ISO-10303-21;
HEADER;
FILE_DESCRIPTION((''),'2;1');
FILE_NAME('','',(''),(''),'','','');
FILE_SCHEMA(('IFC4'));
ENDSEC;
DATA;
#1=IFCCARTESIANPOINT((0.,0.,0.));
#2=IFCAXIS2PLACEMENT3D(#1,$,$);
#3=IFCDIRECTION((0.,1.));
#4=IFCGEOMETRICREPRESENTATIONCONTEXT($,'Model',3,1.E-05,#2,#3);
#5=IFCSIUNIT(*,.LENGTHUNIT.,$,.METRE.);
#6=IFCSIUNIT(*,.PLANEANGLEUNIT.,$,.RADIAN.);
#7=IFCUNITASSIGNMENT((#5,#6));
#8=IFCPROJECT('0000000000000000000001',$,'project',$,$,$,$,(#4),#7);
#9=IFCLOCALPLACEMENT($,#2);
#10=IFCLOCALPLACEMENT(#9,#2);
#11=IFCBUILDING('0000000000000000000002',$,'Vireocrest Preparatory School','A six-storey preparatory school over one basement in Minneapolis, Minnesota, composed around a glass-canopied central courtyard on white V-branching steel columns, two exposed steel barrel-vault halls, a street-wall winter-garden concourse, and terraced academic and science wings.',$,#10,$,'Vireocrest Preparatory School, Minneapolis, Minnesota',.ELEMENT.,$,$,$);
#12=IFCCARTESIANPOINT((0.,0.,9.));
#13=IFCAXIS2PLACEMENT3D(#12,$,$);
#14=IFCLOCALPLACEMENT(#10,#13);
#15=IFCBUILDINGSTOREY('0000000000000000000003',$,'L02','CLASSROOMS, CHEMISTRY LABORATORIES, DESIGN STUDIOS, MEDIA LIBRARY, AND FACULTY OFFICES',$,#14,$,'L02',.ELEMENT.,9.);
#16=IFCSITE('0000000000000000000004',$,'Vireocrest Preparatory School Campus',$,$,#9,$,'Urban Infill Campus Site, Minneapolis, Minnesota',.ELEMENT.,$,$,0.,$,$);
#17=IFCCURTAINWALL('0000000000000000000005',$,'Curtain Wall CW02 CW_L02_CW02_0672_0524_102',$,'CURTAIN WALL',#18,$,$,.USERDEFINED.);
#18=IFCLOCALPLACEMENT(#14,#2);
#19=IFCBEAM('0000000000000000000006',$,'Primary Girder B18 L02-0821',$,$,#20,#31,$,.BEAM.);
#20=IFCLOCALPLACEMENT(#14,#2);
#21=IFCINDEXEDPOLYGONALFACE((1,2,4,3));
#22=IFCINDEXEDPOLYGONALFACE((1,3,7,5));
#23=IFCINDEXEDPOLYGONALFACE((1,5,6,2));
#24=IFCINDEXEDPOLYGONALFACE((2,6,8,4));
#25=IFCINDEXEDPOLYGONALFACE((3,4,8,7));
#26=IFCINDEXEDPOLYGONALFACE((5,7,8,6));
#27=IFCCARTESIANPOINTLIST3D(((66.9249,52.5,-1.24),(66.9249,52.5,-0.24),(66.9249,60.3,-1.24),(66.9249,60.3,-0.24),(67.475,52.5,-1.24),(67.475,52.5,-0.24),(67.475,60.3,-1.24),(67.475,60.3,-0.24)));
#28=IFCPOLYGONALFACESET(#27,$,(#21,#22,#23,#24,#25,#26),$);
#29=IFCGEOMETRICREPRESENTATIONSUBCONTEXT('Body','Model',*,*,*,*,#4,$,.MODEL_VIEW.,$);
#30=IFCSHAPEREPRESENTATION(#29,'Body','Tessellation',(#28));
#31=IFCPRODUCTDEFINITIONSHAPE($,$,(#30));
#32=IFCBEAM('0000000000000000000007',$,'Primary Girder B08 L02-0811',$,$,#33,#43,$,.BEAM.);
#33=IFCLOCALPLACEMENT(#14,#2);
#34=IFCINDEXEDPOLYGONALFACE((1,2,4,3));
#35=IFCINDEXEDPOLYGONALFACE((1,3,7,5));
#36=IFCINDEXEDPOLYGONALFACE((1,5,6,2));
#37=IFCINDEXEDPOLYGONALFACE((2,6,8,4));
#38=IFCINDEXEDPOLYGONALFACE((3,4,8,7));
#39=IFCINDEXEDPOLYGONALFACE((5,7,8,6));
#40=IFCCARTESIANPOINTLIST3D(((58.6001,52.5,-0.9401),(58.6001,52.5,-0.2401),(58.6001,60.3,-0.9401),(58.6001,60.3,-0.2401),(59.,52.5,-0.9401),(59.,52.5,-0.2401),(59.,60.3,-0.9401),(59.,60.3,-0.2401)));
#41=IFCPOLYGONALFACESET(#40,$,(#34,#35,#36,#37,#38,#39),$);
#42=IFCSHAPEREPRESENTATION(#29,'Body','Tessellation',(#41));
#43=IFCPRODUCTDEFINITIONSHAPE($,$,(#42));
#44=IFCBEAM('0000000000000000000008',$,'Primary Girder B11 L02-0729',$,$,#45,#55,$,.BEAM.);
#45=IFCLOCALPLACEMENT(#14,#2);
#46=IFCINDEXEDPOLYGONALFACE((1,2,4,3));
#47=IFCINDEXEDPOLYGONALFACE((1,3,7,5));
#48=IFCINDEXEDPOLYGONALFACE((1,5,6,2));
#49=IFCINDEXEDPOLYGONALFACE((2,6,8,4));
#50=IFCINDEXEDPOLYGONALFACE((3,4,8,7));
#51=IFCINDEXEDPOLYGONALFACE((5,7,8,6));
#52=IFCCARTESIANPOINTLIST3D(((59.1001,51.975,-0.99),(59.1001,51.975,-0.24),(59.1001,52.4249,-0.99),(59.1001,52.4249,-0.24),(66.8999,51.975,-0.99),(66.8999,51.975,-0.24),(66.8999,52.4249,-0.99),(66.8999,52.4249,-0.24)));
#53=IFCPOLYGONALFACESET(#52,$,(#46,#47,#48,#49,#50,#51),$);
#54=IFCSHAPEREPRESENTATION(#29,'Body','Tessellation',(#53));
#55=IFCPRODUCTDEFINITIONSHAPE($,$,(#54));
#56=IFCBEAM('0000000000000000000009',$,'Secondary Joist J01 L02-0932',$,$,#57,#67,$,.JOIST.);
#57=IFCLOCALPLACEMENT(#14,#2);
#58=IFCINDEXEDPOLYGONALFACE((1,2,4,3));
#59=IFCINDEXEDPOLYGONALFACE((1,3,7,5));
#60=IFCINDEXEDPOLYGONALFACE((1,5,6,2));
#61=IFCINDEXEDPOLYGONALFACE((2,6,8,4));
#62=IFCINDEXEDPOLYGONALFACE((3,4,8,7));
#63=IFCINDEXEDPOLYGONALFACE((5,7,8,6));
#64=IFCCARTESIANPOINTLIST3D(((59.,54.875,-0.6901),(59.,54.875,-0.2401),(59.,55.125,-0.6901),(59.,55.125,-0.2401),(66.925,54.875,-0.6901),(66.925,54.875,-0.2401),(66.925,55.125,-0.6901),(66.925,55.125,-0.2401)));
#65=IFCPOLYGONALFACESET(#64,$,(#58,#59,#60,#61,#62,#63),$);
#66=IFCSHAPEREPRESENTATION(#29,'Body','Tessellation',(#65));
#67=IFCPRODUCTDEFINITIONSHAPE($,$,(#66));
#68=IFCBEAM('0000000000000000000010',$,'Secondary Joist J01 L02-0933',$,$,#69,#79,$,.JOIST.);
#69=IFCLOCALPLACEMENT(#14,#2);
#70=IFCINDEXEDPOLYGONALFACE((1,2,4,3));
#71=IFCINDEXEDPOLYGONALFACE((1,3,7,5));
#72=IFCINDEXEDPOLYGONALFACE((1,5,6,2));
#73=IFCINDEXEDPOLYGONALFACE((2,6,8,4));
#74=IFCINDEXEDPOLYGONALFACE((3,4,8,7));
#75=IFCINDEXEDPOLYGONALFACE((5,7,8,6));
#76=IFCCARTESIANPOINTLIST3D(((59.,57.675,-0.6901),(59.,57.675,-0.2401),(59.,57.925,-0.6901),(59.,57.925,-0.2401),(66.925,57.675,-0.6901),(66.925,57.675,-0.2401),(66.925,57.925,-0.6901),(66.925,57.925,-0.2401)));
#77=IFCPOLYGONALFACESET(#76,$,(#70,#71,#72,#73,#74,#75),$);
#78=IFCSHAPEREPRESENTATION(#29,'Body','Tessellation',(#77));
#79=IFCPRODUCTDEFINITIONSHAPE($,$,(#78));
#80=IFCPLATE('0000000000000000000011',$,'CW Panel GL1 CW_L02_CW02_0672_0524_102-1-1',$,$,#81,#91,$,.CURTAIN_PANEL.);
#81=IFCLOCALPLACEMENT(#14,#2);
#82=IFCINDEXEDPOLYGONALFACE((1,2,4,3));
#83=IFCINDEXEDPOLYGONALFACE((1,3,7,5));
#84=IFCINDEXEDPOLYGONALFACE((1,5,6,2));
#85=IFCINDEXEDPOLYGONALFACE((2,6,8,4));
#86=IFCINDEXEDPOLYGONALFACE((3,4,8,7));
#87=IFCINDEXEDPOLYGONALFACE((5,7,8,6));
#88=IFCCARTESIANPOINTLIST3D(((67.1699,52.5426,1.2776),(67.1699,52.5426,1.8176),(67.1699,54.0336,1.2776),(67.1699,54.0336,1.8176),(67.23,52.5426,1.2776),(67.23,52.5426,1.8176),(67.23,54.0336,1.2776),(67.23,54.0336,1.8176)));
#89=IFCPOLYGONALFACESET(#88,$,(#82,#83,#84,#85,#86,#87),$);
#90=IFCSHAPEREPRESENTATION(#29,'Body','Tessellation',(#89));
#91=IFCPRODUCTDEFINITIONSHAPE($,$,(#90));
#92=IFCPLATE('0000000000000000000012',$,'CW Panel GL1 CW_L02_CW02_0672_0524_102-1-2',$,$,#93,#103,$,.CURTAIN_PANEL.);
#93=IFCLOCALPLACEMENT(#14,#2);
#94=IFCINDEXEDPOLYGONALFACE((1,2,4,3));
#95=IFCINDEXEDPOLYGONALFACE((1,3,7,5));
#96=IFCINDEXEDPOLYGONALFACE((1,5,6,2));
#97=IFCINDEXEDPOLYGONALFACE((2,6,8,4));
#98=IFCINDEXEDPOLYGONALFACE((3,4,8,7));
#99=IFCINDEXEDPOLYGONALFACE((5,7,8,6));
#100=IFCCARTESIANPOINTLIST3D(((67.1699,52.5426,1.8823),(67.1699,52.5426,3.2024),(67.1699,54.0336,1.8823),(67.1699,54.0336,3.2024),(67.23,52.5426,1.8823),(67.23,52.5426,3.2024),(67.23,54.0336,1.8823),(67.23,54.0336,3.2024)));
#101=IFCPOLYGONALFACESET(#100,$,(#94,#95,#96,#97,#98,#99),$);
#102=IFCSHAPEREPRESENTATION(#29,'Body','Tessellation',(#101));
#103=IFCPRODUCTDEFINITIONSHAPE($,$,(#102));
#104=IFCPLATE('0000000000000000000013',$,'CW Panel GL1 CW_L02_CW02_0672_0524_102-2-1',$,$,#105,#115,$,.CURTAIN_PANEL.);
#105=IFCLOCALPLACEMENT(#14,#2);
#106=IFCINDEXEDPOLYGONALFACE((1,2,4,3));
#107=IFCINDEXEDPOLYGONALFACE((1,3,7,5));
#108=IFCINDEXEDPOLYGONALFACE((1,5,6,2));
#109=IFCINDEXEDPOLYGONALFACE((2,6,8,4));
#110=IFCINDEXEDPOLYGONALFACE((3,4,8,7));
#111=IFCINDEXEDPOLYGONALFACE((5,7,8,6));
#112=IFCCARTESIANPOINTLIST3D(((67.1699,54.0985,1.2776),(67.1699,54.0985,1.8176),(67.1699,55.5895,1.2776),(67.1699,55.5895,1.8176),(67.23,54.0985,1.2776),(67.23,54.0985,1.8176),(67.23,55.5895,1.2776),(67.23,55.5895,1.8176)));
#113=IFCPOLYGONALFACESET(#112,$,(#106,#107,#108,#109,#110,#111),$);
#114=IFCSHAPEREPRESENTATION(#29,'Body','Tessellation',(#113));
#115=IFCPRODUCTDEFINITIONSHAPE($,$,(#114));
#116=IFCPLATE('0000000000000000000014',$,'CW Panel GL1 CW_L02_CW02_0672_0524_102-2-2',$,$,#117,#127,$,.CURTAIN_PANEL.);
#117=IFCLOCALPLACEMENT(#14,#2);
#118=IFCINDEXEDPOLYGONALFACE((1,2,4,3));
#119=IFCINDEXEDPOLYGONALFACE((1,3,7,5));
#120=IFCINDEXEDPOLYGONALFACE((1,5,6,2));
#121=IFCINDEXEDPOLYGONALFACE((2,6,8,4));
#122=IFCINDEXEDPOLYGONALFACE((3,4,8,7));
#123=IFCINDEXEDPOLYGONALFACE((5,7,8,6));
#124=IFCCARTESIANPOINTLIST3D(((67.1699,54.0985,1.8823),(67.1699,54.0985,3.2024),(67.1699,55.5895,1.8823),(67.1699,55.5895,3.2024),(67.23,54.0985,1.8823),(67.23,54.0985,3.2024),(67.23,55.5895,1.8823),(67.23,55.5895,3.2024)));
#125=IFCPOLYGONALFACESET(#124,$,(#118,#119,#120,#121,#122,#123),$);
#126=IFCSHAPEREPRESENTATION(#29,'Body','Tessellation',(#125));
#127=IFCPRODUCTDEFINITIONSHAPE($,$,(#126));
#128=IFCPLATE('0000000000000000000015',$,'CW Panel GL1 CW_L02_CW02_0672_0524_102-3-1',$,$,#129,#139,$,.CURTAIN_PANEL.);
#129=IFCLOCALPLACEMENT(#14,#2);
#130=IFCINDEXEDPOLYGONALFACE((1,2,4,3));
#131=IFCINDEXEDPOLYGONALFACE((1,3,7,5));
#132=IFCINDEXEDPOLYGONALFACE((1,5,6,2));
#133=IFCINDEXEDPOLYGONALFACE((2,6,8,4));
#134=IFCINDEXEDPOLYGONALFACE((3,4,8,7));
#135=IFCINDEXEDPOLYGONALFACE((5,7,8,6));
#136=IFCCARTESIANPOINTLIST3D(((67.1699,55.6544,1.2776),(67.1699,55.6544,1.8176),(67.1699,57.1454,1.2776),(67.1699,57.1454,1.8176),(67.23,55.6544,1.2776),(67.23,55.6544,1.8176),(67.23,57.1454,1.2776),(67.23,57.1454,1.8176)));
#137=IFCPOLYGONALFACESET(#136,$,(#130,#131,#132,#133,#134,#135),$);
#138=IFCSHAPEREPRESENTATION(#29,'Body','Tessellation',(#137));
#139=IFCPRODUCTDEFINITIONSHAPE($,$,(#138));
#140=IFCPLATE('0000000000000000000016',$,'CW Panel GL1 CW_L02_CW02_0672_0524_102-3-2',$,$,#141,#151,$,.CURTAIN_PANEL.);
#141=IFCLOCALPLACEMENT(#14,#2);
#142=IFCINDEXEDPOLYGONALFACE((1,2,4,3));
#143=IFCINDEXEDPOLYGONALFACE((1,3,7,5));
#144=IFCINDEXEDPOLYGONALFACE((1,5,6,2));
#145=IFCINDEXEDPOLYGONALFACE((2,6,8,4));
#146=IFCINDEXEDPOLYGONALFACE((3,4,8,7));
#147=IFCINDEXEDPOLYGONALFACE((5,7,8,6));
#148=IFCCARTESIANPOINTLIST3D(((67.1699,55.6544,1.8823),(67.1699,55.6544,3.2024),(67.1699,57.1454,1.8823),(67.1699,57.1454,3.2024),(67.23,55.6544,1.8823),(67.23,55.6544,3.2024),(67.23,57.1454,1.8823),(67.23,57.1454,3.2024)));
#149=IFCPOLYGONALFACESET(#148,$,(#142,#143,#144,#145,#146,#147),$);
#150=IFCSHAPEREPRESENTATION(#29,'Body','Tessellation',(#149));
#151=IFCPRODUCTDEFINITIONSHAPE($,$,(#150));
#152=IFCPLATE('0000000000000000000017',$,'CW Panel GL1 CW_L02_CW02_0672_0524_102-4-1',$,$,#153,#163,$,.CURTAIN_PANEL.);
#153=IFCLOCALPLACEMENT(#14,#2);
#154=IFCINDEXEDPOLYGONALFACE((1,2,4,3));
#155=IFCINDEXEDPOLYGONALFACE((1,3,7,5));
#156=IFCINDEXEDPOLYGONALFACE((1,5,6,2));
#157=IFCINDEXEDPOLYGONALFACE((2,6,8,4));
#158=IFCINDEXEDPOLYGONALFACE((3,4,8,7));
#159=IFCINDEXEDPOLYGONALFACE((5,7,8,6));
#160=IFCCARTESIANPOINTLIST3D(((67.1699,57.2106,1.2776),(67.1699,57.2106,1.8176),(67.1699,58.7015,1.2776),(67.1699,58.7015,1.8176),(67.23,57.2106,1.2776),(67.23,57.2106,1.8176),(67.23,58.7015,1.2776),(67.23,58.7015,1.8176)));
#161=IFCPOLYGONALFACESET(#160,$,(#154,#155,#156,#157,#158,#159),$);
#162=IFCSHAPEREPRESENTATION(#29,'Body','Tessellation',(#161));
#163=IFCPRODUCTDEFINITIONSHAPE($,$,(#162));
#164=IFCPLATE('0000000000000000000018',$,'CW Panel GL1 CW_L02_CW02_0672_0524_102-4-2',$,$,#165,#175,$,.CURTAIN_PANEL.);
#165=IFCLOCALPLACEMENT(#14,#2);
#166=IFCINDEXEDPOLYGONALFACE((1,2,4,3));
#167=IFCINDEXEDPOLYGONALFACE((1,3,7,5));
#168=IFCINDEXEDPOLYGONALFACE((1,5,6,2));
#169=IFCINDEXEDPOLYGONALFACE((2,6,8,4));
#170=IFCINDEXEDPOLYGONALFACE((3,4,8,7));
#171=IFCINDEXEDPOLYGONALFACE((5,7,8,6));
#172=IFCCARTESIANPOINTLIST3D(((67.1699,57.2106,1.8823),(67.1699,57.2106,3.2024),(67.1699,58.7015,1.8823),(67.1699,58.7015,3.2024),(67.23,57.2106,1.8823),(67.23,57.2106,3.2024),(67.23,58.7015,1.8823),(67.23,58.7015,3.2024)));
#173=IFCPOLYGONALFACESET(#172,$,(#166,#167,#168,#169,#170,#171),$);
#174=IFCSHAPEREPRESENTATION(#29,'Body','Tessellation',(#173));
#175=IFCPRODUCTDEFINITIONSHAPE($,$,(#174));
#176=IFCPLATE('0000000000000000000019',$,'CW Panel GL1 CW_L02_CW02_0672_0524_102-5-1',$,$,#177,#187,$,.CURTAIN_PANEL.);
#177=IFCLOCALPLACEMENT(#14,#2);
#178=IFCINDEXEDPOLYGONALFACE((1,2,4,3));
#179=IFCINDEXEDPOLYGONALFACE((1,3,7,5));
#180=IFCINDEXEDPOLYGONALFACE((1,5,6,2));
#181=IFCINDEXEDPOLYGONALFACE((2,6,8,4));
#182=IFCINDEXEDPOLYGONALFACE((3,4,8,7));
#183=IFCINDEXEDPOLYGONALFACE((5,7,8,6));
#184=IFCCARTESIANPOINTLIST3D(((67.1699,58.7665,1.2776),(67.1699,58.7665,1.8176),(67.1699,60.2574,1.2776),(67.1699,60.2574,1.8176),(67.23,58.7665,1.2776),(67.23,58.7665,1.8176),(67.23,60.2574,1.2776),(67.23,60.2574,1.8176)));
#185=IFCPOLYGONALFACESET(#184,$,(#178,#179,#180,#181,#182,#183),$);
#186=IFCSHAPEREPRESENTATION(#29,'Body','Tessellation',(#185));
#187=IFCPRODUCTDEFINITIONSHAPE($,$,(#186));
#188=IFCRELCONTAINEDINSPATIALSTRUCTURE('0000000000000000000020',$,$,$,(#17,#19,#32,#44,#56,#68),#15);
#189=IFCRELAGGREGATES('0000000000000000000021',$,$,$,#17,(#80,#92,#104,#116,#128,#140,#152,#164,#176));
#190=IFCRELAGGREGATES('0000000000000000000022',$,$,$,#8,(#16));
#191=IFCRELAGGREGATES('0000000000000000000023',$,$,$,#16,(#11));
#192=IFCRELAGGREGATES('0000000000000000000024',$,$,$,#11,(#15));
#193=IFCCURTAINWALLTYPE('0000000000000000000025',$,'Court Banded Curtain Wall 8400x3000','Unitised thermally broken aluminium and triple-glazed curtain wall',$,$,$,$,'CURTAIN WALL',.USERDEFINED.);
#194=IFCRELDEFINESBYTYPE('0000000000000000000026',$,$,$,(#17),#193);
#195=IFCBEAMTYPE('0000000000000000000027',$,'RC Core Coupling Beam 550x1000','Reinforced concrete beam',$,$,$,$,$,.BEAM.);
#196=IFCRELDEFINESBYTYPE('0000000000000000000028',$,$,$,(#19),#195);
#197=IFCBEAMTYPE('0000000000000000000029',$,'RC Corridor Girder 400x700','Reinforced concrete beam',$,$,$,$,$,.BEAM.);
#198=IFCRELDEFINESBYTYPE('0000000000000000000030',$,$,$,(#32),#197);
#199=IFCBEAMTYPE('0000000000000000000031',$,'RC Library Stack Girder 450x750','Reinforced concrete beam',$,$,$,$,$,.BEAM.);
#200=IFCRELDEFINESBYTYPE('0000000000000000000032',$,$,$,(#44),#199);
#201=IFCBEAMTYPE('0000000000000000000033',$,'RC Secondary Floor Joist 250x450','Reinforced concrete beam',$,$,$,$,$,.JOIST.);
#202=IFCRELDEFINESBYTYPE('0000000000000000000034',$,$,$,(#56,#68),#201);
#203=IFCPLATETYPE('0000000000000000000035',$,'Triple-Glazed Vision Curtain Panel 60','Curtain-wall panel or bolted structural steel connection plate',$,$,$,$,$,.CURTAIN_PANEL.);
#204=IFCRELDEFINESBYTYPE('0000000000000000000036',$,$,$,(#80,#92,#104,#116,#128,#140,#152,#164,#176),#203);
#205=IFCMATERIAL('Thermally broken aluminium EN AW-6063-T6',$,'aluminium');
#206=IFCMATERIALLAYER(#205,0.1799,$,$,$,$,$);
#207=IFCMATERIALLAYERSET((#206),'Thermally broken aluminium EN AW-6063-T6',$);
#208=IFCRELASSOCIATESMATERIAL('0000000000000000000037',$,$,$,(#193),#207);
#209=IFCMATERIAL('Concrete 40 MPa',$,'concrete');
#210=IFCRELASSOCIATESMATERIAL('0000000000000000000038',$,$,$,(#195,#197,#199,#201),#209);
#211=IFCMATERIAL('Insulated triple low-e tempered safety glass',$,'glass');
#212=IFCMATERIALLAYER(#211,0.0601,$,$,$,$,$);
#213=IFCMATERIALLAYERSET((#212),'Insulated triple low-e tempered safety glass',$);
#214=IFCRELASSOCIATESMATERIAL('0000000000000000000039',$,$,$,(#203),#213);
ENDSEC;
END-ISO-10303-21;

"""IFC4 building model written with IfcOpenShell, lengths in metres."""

from ifc_helpers import new_model, si_unit, direction, frame, origin, origin_2d, place, context, subcontext, project, spatial, rectangle, extrude, material, layer, layer_set, material_profile, profile_set, type_object, element, aggregate, save


model = new_model("IFC4")

# Units and contexts
model_context = context("Model", 3, precision=1e-05, world=origin(), true_north=direction((0.0, 1.0)))
body_context = subcontext(model_context, "Body", "Model", "MODEL_VIEW")
ifc_project = project(units=[si_unit("LENGTHUNIT", "METRE"), si_unit("PLANEANGLEUNIT", "RADIAN")], contexts=[model_context])

# Site, building, storey
site_placement = place(None, origin())
site = spatial("IfcSite", under=ifc_project, at=site_placement, Name="Vireocrest Preparatory School Campus", LongName="Urban Infill Campus Site, Minneapolis, Minnesota", CompositionType="ELEMENT", RefElevation=0.0)
building_placement = place(site_placement, origin())
building = spatial("IfcBuilding", under=site, at=building_placement, Name="Vireocrest Preparatory School", Description="A six-storey preparatory school over one basement in Minneapolis, Minnesota, composed around a glass-canopied central courtyard on white V-branching steel columns, two exposed steel barrel-vault halls, a street-wall winter-garden concourse, and terraced academic and science wings.", LongName="Vireocrest Preparatory School, Minneapolis, Minnesota", CompositionType="ELEMENT")
storey_placement = place(building_placement, frame((0.0, 0.0, 9.0)))
storey = spatial("IfcBuildingStorey", under=building, at=storey_placement, Name="L02", Description="CLASSROOMS, CHEMISTRY LABORATORIES, DESIGN STUDIOS, MEDIA LIBRARY, AND FACULTY OFFICES", LongName="L02", CompositionType="ELEMENT", Elevation=9.0)

# Curtain wall
ifc_material_1 = material(Name="Thermally broken aluminium EN AW-6063-T6", Category="aluminium")
ifc_layer_1 = layer(ifc_material_1, 0.1799)
ifc_layer_set_1 = layer_set([ifc_layer_1], Name="Thermally broken aluminium EN AW-6063-T6")
curtain_wall_type = type_object("IfcCurtainWallType", Name="Court Banded Curtain Wall 8400x3000", Description="Unitised thermally broken aluminium and triple-glazed curtain wall", ElementType="CURTAIN WALL", PredefinedType="USERDEFINED", material=ifc_layer_set_1)
curtain_wall_placement = place(storey_placement, origin())
curtain_wall = element("IfcCurtainWall", 1, at=curtain_wall_placement, inside=storey, type_object=curtain_wall_type, Name="Curtain Wall CW02 CW_L02_CW02_0672_0524_102", ObjectType="CURTAIN WALL", PredefinedType="USERDEFINED")

# Beams
ifc_material_2 = material(Name="Concrete 40 MPa", Category="concrete")
ifc_material_profile_1 = material_profile(ifc_material_2, rectangle(XDim=0.55, YDim=1.0, at=origin_2d()), Name="RC 550x1000")
ifc_profile_set_1 = profile_set([ifc_material_profile_1], Name="Concrete 40 MPa")
beam_type_1 = type_object("IfcBeamType", Name="RC Core Coupling Beam 550x1000", Description="Reinforced concrete beam", PredefinedType="BEAM", material=ifc_profile_set_1)
beam_1_placement = place(storey_placement, frame((67.2, 52.5, -0.74), z_axis=(0.0, 1.0, 0.0), x_axis=(-1.0, 0.0, 0.0)))
element("IfcBeam", 2, at=beam_1_placement, inside=storey, type_object=beam_type_1, Name="Primary Girder B18 L02-0821", PredefinedType="BEAM", context=body_context, shape_type="SweptSolid", body=[
    extrude(rectangle(XDim=0.55, YDim=1.0, at=origin_2d()), origin(), (0.0, 0.0, 1.0), 7.8),
])
ifc_material_profile_2 = material_profile(ifc_material_2, rectangle(XDim=0.3999, YDim=0.7, at=origin_2d()), Name="RC 400x700")
ifc_profile_set_2 = profile_set([ifc_material_profile_2], Name="Concrete 40 MPa")
beam_type_2 = type_object("IfcBeamType", Name="RC Corridor Girder 400x700", Description="Reinforced concrete beam", PredefinedType="BEAM", material=ifc_profile_set_2)
beam_2_placement = place(storey_placement, frame((58.8, 52.5, -0.5901), z_axis=(0.0, 1.0, 0.0), x_axis=(-1.0, 0.0, 0.0)))
element("IfcBeam", 3, at=beam_2_placement, inside=storey, type_object=beam_type_2, Name="Primary Girder B08 L02-0811", PredefinedType="BEAM", context=body_context, shape_type="SweptSolid", body=[
    extrude(rectangle(XDim=0.3999, YDim=0.7, at=origin_2d()), origin(), (0.0, 0.0, 1.0), 7.8),
])
ifc_material_profile_3 = material_profile(ifc_material_2, rectangle(XDim=0.45, YDim=0.75, at=origin_2d()), Name="RC 450x750")
ifc_profile_set_3 = profile_set([ifc_material_profile_3], Name="Concrete 40 MPa")
beam_type_3 = type_object("IfcBeamType", Name="RC Library Stack Girder 450x750", Description="Reinforced concrete beam", PredefinedType="BEAM", material=ifc_profile_set_3)
beam_3_placement = place(storey_placement, frame((59.1001, 52.2, -0.615), z_axis=(1.0, 0.0, 0.0), x_axis=(0.0, 1.0, 0.0)))
element("IfcBeam", 4, at=beam_3_placement, inside=storey, type_object=beam_type_3, Name="Primary Girder B11 L02-0729", PredefinedType="BEAM", context=body_context, shape_type="SweptSolid", body=[
    extrude(rectangle(XDim=0.45, YDim=0.75, at=origin_2d()), origin(), (0.0, 0.0, 1.0), 7.7998),
])
ifc_material_profile_4 = material_profile(ifc_material_2, rectangle(XDim=0.25, YDim=0.45, at=origin_2d()), Name="RC 250x450")
ifc_profile_set_4 = profile_set([ifc_material_profile_4], Name="Concrete 40 MPa")
beam_type_4 = type_object("IfcBeamType", Name="RC Secondary Floor Joist 250x450", Description="Reinforced concrete beam", PredefinedType="JOIST", material=ifc_profile_set_4)
for number, where, z_axis, x_axis, name in (
    (5, (59.0, 55.0, -0.4651), (1.0, 0.0, 0.0), (0.0, 1.0, 0.0), "Secondary Joist J01 L02-0932"),
    (6, (59.0, 57.8, -0.4651), (1.0, 0.0, 0.0), (0.0, 1.0, 0.0), "Secondary Joist J01 L02-0933"),
):
    element("IfcBeam", number, at=place(storey_placement, frame(where, z_axis=z_axis, x_axis=x_axis)), inside=storey, type_object=beam_type_4, Name=name, PredefinedType="JOIST", context=body_context, shape_type="SweptSolid", body=[
        extrude(rectangle(XDim=0.25, YDim=0.45, at=origin_2d()), origin(), (0.0, 0.0, 1.0), 7.925),
    ])

# Plates
ifc_material_3 = material(Name="Insulated triple low-e tempered safety glass", Category="glass")
ifc_layer_2 = layer(ifc_material_3, 0.0601)
ifc_layer_set_2 = layer_set([ifc_layer_2], Name="Insulated triple low-e tempered safety glass")
plate_type = type_object("IfcPlateType", Name="Triple-Glazed Vision Curtain Panel 60", Description="Curtain-wall panel or bolted structural steel connection plate", PredefinedType="CURTAIN_PANEL", material=ifc_layer_set_2)
plate_1_placement = place(storey_placement, frame((67.2, 53.2881, 1.2776), z_axis=(0.0, 0.0, 1.0), x_axis=(0.0, 1.0, 0.0)))
plate_1 = element("IfcPlate", 7, at=plate_1_placement, type_object=plate_type, Name="CW Panel GL1 CW_L02_CW02_0672_0524_102-1-1", PredefinedType="CURTAIN_PANEL", context=body_context, shape_type="SweptSolid", body=[
    extrude(rectangle(XDim=1.491, YDim=0.0601, at=origin_2d()), origin(), (0.0, 0.0, 1.0), 0.54),
])
plate_2_placement = place(storey_placement, frame((67.2, 53.2881, 1.8823), z_axis=(0.0, 0.0, 1.0), x_axis=(0.0, 1.0, 0.0)))
plate_2 = element("IfcPlate", 8, at=plate_2_placement, type_object=plate_type, Name="CW Panel GL1 CW_L02_CW02_0672_0524_102-1-2", PredefinedType="CURTAIN_PANEL", context=body_context, shape_type="SweptSolid", body=[
    extrude(rectangle(XDim=1.491, YDim=0.0601, at=origin_2d()), origin(), (0.0, 0.0, 1.0), 1.3201),
])
plate_3_placement = place(storey_placement, frame((67.2, 54.844, 1.2776), z_axis=(0.0, 0.0, 1.0), x_axis=(0.0, 1.0, 0.0)))
plate_3 = element("IfcPlate", 9, at=plate_3_placement, type_object=plate_type, Name="CW Panel GL1 CW_L02_CW02_0672_0524_102-2-1", PredefinedType="CURTAIN_PANEL", context=body_context, shape_type="SweptSolid", body=[
    extrude(rectangle(XDim=1.491, YDim=0.0601, at=origin_2d()), origin(), (0.0, 0.0, 1.0), 0.54),
])
plate_4_placement = place(storey_placement, frame((67.2, 54.844, 1.8823), z_axis=(0.0, 0.0, 1.0), x_axis=(0.0, 1.0, 0.0)))
plate_4 = element("IfcPlate", 10, at=plate_4_placement, type_object=plate_type, Name="CW Panel GL1 CW_L02_CW02_0672_0524_102-2-2", PredefinedType="CURTAIN_PANEL", context=body_context, shape_type="SweptSolid", body=[
    extrude(rectangle(XDim=1.491, YDim=0.0601, at=origin_2d()), origin(), (0.0, 0.0, 1.0), 1.3201),
])
plate_5_placement = place(storey_placement, frame((67.2, 56.3999, 1.2776), z_axis=(0.0, 0.0, 1.0), x_axis=(0.0, 1.0, 0.0)))
plate_5 = element("IfcPlate", 11, at=plate_5_placement, type_object=plate_type, Name="CW Panel GL1 CW_L02_CW02_0672_0524_102-3-1", PredefinedType="CURTAIN_PANEL", context=body_context, shape_type="SweptSolid", body=[
    extrude(rectangle(XDim=1.491, YDim=0.0601, at=origin_2d()), origin(), (0.0, 0.0, 1.0), 0.54),
])
plate_6_placement = place(storey_placement, frame((67.2, 56.3999, 1.8823), z_axis=(0.0, 0.0, 1.0), x_axis=(0.0, 1.0, 0.0)))
plate_6 = element("IfcPlate", 12, at=plate_6_placement, type_object=plate_type, Name="CW Panel GL1 CW_L02_CW02_0672_0524_102-3-2", PredefinedType="CURTAIN_PANEL", context=body_context, shape_type="SweptSolid", body=[
    extrude(rectangle(XDim=1.491, YDim=0.0601, at=origin_2d()), origin(), (0.0, 0.0, 1.0), 1.3201),
])
plate_7_placement = place(storey_placement, frame((67.2, 57.9561, 1.2776), z_axis=(0.0, 0.0, 1.0), x_axis=(0.0, 1.0, 0.0)))
plate_7 = element("IfcPlate", 13, at=plate_7_placement, type_object=plate_type, Name="CW Panel GL1 CW_L02_CW02_0672_0524_102-4-1", PredefinedType="CURTAIN_PANEL", context=body_context, shape_type="SweptSolid", body=[
    extrude(rectangle(XDim=1.491, YDim=0.0601, at=origin_2d()), origin(), (0.0, 0.0, 1.0), 0.54),
])
plate_8_placement = place(storey_placement, frame((67.2, 57.9561, 1.8823), z_axis=(0.0, 0.0, 1.0), x_axis=(0.0, 1.0, 0.0)))
plate_8 = element("IfcPlate", 14, at=plate_8_placement, type_object=plate_type, Name="CW Panel GL1 CW_L02_CW02_0672_0524_102-4-2", PredefinedType="CURTAIN_PANEL", context=body_context, shape_type="SweptSolid", body=[
    extrude(rectangle(XDim=1.491, YDim=0.0601, at=origin_2d()), origin(), (0.0, 0.0, 1.0), 1.3201),
])
plate_9_placement = place(storey_placement, frame((67.2, 59.512, 1.2776), z_axis=(0.0, 0.0, 1.0), x_axis=(0.0, 1.0, 0.0)))
plate_9 = element("IfcPlate", 15, at=plate_9_placement, type_object=plate_type, Name="CW Panel GL1 CW_L02_CW02_0672_0524_102-5-1", PredefinedType="CURTAIN_PANEL", context=body_context, shape_type="SweptSolid", body=[
    extrude(rectangle(XDim=1.491, YDim=0.0601, at=origin_2d()), origin(), (0.0, 0.0, 1.0), 0.54),
])
aggregate(curtain_wall, [plate_1, plate_2, plate_3, plate_4, plate_5, plate_6, plate_7, plate_8, plate_9])

save(model, "model.ifc")
